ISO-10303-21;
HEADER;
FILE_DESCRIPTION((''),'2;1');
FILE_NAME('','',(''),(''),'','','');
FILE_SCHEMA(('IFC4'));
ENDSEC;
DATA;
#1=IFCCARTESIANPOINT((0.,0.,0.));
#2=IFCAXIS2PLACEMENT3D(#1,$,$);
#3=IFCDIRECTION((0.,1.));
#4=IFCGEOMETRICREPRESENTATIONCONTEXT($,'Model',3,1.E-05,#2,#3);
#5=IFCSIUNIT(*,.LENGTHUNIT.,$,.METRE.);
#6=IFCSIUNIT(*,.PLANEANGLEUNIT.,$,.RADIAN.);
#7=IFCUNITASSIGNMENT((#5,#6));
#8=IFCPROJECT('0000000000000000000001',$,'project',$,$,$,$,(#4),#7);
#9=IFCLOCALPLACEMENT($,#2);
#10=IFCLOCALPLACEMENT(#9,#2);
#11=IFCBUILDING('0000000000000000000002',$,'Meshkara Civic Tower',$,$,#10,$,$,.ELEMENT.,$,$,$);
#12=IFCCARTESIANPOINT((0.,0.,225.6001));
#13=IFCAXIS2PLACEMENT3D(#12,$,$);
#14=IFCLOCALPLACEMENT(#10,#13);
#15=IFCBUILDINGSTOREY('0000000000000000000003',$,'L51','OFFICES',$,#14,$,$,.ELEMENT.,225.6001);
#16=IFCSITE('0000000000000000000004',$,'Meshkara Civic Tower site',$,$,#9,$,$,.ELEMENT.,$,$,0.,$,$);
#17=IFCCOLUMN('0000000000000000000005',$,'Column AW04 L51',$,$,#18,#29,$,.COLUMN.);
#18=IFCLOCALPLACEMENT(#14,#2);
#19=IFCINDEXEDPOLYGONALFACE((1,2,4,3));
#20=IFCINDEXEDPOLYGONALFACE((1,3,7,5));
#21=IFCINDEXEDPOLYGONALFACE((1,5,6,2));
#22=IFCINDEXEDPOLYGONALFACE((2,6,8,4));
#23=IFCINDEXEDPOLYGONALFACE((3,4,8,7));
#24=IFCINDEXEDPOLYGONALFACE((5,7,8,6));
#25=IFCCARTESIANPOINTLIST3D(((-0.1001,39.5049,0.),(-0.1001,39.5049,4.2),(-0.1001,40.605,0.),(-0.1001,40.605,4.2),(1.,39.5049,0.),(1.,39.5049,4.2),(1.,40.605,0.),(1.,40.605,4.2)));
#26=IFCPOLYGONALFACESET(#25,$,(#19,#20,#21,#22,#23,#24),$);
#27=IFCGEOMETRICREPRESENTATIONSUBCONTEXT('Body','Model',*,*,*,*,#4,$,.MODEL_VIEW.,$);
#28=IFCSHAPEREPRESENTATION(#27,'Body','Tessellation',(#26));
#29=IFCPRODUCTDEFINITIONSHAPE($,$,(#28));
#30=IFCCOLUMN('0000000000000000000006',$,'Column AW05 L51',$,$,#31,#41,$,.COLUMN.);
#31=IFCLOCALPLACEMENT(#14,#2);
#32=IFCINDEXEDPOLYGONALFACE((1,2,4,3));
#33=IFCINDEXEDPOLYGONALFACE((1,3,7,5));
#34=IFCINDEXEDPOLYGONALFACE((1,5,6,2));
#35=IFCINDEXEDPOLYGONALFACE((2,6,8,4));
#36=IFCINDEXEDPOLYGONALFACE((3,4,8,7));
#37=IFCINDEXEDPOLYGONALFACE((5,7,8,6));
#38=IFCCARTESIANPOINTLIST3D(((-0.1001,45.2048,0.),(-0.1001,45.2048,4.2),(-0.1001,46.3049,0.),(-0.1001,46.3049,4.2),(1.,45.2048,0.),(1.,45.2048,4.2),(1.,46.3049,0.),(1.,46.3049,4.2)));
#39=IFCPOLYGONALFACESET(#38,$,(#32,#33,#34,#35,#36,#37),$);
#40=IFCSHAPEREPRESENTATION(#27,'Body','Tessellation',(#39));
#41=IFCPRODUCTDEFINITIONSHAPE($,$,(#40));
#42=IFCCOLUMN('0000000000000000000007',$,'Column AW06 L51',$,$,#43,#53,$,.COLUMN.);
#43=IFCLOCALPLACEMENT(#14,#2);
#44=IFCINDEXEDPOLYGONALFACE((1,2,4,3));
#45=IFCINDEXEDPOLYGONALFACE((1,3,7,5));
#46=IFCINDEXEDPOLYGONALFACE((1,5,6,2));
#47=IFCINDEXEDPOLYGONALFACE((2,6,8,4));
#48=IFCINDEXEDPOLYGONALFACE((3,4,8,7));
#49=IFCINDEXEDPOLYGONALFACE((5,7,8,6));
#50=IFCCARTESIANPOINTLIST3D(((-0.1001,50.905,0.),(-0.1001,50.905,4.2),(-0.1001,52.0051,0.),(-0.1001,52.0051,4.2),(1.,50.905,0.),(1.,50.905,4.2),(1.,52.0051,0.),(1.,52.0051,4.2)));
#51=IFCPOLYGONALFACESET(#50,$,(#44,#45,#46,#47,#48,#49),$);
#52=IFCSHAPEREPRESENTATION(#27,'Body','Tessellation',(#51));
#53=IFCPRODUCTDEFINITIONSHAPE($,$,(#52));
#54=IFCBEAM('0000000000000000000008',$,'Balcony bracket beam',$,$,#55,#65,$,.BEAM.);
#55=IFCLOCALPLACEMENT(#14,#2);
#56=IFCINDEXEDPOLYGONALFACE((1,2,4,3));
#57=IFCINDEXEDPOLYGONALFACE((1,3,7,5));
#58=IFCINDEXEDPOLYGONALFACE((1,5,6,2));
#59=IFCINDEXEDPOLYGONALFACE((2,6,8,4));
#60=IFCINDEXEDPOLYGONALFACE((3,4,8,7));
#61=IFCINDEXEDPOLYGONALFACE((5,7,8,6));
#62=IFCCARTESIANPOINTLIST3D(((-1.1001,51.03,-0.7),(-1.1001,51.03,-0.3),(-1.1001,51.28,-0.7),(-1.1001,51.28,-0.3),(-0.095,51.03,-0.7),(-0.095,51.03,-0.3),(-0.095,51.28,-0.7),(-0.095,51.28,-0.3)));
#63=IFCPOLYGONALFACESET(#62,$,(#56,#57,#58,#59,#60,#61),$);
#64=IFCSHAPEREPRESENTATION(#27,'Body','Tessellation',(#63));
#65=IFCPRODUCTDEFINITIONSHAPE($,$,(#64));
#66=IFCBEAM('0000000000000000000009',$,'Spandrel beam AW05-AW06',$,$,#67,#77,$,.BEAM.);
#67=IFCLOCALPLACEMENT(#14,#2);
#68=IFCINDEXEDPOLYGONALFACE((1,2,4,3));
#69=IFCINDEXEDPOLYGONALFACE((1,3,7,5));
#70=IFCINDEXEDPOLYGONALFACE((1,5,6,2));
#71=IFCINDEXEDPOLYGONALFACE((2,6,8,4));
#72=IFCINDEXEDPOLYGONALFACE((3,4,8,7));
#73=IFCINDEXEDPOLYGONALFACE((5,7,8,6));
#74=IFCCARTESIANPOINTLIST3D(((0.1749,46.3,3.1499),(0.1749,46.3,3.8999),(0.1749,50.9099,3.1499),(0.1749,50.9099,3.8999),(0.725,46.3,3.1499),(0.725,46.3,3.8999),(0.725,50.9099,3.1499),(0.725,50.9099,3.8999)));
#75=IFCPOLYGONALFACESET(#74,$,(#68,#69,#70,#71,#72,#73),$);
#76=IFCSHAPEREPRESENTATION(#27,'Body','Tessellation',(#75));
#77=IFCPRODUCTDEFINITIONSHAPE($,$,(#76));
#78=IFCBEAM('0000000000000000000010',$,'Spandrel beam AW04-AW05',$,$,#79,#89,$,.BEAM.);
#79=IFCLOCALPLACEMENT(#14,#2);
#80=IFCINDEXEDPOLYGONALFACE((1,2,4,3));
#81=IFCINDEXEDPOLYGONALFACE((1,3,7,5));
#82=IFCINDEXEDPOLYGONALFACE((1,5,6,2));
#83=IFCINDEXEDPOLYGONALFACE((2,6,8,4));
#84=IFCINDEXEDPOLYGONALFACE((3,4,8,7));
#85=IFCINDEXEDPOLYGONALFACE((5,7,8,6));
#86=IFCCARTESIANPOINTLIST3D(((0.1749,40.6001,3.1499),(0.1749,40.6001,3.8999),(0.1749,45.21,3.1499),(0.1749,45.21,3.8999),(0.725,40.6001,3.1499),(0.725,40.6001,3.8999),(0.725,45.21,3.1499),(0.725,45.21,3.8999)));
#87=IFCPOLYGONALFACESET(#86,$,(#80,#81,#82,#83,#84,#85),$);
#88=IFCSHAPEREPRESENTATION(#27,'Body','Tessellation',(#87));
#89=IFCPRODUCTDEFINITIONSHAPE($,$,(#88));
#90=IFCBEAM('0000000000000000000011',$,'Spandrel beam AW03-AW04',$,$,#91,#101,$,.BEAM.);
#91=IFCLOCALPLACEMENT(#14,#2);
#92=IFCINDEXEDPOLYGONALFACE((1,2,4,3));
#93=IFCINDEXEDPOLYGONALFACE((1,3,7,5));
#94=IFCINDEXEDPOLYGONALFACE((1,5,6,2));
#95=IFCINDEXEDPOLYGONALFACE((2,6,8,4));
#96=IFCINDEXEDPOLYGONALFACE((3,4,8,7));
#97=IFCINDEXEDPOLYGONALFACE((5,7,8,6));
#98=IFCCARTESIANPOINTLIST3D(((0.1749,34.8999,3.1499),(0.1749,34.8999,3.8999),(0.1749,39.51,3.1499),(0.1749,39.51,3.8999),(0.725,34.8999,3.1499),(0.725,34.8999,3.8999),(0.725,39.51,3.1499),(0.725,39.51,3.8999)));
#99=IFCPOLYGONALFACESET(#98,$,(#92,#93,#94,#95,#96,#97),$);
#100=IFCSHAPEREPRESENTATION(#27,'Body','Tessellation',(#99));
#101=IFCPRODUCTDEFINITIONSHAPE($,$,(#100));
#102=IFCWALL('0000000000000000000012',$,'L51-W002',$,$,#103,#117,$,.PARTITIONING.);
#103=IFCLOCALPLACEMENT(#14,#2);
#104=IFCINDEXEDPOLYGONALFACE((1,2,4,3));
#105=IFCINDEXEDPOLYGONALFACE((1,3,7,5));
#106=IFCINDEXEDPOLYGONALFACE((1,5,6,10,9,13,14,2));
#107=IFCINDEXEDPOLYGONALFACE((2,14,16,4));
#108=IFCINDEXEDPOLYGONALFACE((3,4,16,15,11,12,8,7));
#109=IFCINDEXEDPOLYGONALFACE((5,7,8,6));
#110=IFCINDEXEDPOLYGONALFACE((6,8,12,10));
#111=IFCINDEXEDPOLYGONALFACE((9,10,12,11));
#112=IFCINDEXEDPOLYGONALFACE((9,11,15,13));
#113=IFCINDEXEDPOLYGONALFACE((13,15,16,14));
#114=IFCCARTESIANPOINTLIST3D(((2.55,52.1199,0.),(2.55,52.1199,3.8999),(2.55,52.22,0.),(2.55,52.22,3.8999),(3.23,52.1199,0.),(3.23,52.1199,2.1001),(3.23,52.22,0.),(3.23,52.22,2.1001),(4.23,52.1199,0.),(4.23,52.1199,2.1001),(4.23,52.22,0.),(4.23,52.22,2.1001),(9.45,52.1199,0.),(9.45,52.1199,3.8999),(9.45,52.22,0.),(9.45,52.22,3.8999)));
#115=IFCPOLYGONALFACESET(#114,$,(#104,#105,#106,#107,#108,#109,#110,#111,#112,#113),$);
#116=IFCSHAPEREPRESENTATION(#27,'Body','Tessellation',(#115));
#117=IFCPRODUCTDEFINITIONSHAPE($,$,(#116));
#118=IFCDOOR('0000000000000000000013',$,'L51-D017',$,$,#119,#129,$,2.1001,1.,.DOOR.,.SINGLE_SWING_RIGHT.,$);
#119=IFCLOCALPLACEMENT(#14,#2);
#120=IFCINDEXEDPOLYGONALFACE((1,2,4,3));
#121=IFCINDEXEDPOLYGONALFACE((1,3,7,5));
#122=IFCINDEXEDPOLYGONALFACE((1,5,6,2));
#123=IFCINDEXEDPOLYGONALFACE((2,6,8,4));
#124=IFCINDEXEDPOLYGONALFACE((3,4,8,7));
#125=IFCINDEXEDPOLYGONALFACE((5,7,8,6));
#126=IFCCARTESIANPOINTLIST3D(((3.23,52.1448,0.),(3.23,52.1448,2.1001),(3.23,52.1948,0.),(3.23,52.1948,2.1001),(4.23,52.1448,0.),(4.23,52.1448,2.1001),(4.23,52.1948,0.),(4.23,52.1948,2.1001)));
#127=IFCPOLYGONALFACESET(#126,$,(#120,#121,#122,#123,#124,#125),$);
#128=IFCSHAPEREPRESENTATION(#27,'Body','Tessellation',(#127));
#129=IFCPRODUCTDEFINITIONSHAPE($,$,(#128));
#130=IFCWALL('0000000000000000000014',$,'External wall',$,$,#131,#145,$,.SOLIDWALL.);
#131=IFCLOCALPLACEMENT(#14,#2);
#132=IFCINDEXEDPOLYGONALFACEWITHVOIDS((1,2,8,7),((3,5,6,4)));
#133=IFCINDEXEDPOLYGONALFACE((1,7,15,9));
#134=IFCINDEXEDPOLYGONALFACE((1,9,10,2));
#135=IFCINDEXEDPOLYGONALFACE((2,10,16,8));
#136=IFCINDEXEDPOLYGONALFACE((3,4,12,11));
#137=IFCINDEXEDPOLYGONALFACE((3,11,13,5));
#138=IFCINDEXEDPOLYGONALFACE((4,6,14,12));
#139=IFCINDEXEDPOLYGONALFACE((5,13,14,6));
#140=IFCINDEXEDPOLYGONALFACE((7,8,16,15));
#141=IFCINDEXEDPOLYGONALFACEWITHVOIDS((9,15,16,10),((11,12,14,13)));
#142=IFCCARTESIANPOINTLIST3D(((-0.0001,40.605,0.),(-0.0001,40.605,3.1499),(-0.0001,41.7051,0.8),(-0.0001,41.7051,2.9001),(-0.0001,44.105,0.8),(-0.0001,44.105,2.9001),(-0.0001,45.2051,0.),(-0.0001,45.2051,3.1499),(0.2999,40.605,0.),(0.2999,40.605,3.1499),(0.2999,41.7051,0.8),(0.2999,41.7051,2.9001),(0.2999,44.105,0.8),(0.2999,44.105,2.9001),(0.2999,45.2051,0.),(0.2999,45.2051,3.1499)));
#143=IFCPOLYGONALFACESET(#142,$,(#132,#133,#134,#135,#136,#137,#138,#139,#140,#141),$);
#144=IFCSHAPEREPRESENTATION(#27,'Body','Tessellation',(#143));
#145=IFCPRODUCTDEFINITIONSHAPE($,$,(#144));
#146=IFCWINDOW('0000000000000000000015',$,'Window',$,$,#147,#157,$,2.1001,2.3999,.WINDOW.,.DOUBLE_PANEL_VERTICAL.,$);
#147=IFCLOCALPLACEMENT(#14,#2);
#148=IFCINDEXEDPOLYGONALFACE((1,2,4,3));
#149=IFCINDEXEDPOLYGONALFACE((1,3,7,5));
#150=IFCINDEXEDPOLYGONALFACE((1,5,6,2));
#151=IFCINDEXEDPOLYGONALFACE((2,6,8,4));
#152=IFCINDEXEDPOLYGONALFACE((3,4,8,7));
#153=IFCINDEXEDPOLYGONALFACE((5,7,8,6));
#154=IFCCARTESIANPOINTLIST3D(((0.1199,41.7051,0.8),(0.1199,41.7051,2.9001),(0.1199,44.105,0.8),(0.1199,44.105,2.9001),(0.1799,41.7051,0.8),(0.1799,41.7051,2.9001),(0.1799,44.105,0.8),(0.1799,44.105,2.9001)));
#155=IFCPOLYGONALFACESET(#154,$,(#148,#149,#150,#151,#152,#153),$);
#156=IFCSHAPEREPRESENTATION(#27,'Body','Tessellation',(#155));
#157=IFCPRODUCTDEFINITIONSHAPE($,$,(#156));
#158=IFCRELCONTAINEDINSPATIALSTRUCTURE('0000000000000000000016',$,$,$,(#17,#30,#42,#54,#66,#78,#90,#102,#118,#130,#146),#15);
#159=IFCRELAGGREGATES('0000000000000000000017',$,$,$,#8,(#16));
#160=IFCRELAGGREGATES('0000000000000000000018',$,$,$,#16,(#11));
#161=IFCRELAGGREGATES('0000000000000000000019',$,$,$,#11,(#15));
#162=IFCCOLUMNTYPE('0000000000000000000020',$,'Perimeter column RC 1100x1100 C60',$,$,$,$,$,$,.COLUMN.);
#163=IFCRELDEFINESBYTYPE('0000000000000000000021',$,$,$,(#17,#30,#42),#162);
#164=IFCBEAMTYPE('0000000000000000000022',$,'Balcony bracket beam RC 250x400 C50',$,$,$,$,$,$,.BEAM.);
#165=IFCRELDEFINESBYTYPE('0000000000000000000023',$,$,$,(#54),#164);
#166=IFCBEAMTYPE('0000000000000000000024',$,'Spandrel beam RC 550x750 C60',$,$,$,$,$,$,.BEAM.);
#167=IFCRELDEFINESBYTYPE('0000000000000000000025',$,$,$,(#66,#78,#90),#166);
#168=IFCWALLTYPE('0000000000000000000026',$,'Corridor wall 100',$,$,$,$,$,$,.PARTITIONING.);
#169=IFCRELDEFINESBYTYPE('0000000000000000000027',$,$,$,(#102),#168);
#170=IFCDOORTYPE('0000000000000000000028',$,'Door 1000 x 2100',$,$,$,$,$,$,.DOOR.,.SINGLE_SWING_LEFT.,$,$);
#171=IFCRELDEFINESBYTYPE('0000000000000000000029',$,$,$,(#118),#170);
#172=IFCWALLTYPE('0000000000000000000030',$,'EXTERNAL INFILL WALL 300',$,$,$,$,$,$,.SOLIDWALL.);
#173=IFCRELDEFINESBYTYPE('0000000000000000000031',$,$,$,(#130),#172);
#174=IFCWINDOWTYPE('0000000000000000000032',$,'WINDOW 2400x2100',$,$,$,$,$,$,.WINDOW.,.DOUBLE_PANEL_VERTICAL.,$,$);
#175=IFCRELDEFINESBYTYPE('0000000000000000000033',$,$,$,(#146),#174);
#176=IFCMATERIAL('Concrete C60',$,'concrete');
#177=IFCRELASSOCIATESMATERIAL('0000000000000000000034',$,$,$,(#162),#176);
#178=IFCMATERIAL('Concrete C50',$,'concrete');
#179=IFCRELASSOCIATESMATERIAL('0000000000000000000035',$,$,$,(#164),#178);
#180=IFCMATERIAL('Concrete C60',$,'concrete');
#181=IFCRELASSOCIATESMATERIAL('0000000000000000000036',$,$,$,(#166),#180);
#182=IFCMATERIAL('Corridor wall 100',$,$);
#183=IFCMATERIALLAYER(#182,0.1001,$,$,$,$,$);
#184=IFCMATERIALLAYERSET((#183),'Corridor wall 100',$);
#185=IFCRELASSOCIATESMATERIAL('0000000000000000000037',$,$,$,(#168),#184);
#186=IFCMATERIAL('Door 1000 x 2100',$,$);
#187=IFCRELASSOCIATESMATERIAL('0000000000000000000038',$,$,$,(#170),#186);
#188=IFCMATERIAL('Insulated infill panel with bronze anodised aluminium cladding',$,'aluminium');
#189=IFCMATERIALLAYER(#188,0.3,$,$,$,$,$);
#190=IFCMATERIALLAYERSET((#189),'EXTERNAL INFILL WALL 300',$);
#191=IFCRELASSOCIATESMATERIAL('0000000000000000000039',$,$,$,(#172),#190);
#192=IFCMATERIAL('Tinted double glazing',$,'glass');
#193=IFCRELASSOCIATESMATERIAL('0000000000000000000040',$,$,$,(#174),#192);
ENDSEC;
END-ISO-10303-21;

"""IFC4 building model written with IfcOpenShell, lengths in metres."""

from ifc_helpers import new_model, si_unit, direction, frame, frame_2d, origin, origin_2d, place, context, subcontext, project, spatial, rectangle, extrude, material, layer, layer_set, material_profile, profile_set, type_object, element, fill, save


model = new_model("IFC4")

# Units and contexts
model_context = context("Model", 3, precision=1e-05, world=origin(), true_north=direction((0.0, 1.0)))
body_context = subcontext(model_context, "Body", "Model", "MODEL_VIEW")
ifc_project = project(units=[si_unit("LENGTHUNIT", "METRE"), si_unit("PLANEANGLEUNIT", "RADIAN")], contexts=[model_context])

# Site, building, storey
site_placement = place(None, origin())
site = spatial("IfcSite", under=ifc_project, at=site_placement, Name="Meshkara Civic Tower site", CompositionType="ELEMENT", RefElevation=0.0)
building_placement = place(site_placement, origin())
building = spatial("IfcBuilding", under=site, at=building_placement, Name="Meshkara Civic Tower", CompositionType="ELEMENT")
storey_placement = place(building_placement, frame((0.0, 0.0, 225.6001)))
storey = spatial("IfcBuildingStorey", under=building, at=storey_placement, Name="L51", Description="OFFICES", CompositionType="ELEMENT", Elevation=225.6001)

# Columns
ifc_material_1 = material(Name="Concrete C60", Category="concrete")
ifc_material_profile_1 = material_profile(ifc_material_1, rectangle(XDim=1.1001, YDim=1.1001, at=origin_2d()))
ifc_profile_set_1 = profile_set([ifc_material_profile_1], Name="Concrete C60")
column_type = type_object("IfcColumnType", Name="Perimeter column RC 1100x1100 C60", PredefinedType="COLUMN", material=ifc_profile_set_1)
for number, where, z_axis, x_axis, name in (
    (1, (0.45, 40.0549, 0.0), (0.0, 0.0, 1.0), (1.0, 0.0, 0.0), "Column AW04 L51"),
    (2, (0.45, 45.7549, 0.0), (0.0, 0.0, 1.0), (1.0, 0.0, 0.0), "Column AW05 L51"),
    (3, (0.45, 51.4551, 0.0), (0.0, 0.0, 1.0), (1.0, 0.0, 0.0), "Column AW06 L51"),
):
    element("IfcColumn", number, at=place(storey_placement, frame(where, z_axis=z_axis, x_axis=x_axis)), inside=storey, type_object=column_type, Name=name, PredefinedType="COLUMN", context=body_context, shape_type="SweptSolid", body=[
        extrude(rectangle(XDim=1.1001, YDim=1.1001, at=origin_2d()), origin(), (0.0, 0.0, 1.0), 4.2),
    ])

# Beams
ifc_material_2 = material(Name="Concrete C50", Category="concrete")
ifc_material_profile_2 = material_profile(ifc_material_2, rectangle(XDim=0.25, YDim=0.3999, at=origin_2d()))
ifc_profile_set_2 = profile_set([ifc_material_profile_2], Name="Concrete C50")
beam_type_1 = type_object("IfcBeamType", Name="Balcony bracket beam RC 250x400 C50", PredefinedType="BEAM", material=ifc_profile_set_2)
beam_1_placement = place(storey_placement, frame((-0.095, 51.155, -0.5), z_axis=(-1.0, 0.0, 0.0), x_axis=(0.0, -1.0, 0.0)))
element("IfcBeam", 4, at=beam_1_placement, inside=storey, type_object=beam_type_1, Name="Balcony bracket beam", PredefinedType="BEAM", context=body_context, shape_type="SweptSolid", body=[
    extrude(rectangle(XDim=0.25, YDim=0.3999, at=origin_2d()), origin(), (0.0, 0.0, 1.0), 1.0051),
])
ifc_material_3 = material(Name="Concrete C60", Category="concrete")
ifc_material_profile_3 = material_profile(ifc_material_3, rectangle(XDim=0.55, YDim=0.75, at=origin_2d()))
ifc_profile_set_3 = profile_set([ifc_material_profile_3], Name="Concrete C60")
beam_type_2 = type_object("IfcBeamType", Name="Spandrel beam RC 550x750 C60", PredefinedType="BEAM", material=ifc_profile_set_3)
for number, where, z_axis, x_axis, name in (
    (5, (0.45, 50.9099, 3.5249), (0.0, -1.0, 0.0), (1.0, 0.0, 0.0), "Spandrel beam AW05-AW06"),
    (6, (0.45, 45.21, 3.5249), (0.0, -1.0, 0.0), (1.0, 0.0, 0.0), "Spandrel beam AW04-AW05"),
):
    element("IfcBeam", number, at=place(storey_placement, frame(where, z_axis=z_axis, x_axis=x_axis)), inside=storey, type_object=beam_type_2, Name=name, PredefinedType="BEAM", context=body_context, shape_type="SweptSolid", body=[
        extrude(rectangle(XDim=0.55, YDim=0.75, at=origin_2d()), origin(), (0.0, 0.0, 1.0), 4.6099),
    ])
beam_2_placement = place(storey_placement, frame((0.45, 39.51, 3.5249), z_axis=(0.0, -1.0, 0.0), x_axis=(1.0, 0.0, 0.0)))
element("IfcBeam", 7, at=beam_2_placement, inside=storey, type_object=beam_type_2, Name="Spandrel beam AW03-AW04", PredefinedType="BEAM", context=body_context, shape_type="SweptSolid", body=[
    extrude(rectangle(XDim=0.55, YDim=0.75, at=origin_2d()), origin(), (0.0, 0.0, 1.0), 4.6101),
])

# Wall, opening, door
ifc_material_4 = material(Name="Corridor wall 100")
ifc_layer_1 = layer(ifc_material_4, 0.1001)
ifc_layer_set_1 = layer_set([ifc_layer_1], Name="Corridor wall 100")
wall_type_1 = type_object("IfcWallType", Name="Corridor wall 100", PredefinedType="PARTITIONING", material=ifc_layer_set_1)
wall_1_placement = place(storey_placement, frame((2.55, 52.1699, 0.0), z_axis=(0.0, 0.0, 1.0), x_axis=(1.0, 0.0, 0.0)))
wall_1 = element("IfcWall", 8, at=wall_1_placement, inside=storey, type_object=wall_type_1, Name="L51-W002", PredefinedType="PARTITIONING", context=body_context, shape_type="SweptSolid", body=[
    extrude(rectangle(XDim=6.8999, YDim=0.1001, at=frame_2d((3.45, 0.0))), origin(), (0.0, 0.0, 1.0), 3.8999),
])
opening_1_placement = place(wall_1_placement, frame((0.6799, 0.0, 0.0)))
opening_1 = element("IfcOpeningElement", 9, at=opening_1_placement, cuts=wall_1, PredefinedType="OPENING", context=body_context, shape_type="SweptSolid", body=[
    extrude(rectangle(XDim=1.0, YDim=2.1001, at=frame_2d((0.5, 1.05))), frame((0.0, 0.0601, 0.0), z_axis=(0.0, -1.0, 0.0), x_axis=(1.0, 0.0, 0.0)), (0.0, 0.0, 1.0), 0.1201),
])
ifc_material_5 = material(Name="Door 1000 x 2100")
door_type_1 = type_object("IfcDoorType", Name="Door 1000 x 2100", OperationType="SINGLE_SWING_LEFT", PredefinedType="DOOR", material=ifc_material_5)
door_1_placement = place(opening_1_placement, origin())
door_1 = element("IfcDoor", 10, at=door_1_placement, inside=storey, type_object=door_type_1, Name="L51-D017", OperationType="SINGLE_SWING_RIGHT", OverallHeight=2.1001, OverallWidth=1.0, PredefinedType="DOOR", context=body_context, shape_type="SweptSolid", body=[
    extrude(rectangle(XDim=1.0, YDim=2.1001, at=frame_2d((0.5, 1.05))), frame((0.0, 0.0249, 0.0), z_axis=(0.0, -1.0, 0.0), x_axis=(1.0, 0.0, 0.0)), (0.0, 0.0, 1.0), 0.05),
])
fill(opening_1, door_1)

# Wall, opening, window
ifc_material_6 = material(Name="Insulated infill panel with bronze anodised aluminium cladding", Category="aluminium")
ifc_layer_2 = layer(ifc_material_6, 0.3)
ifc_layer_set_2 = layer_set([ifc_layer_2], Name="EXTERNAL INFILL WALL 300")
wall_type_2 = type_object("IfcWallType", Name="EXTERNAL INFILL WALL 300", PredefinedType="SOLIDWALL", material=ifc_layer_set_2)
wall_2_placement = place(storey_placement, frame((0.1499, 45.2051, 0.0), z_axis=(0.0, 0.0, 1.0), x_axis=(0.0, -1.0, 0.0)))
wall_2 = element("IfcWall", 11, at=wall_2_placement, inside=storey, type_object=wall_type_2, Name="External wall", PredefinedType="SOLIDWALL", context=body_context, shape_type="SweptSolid", body=[
    extrude(rectangle(XDim=4.6001, YDim=0.3, at=frame_2d((2.3, 0.0))), origin(), (0.0, 0.0, 1.0), 3.1499),
])
opening_2_placement = place(wall_2_placement, frame((1.1001, 0.0, 0.8)))
opening_2 = element("IfcOpeningElement", 12, at=opening_2_placement, cuts=wall_2, PredefinedType="OPENING", context=body_context, shape_type="SweptSolid", body=[
    extrude(rectangle(XDim=2.3999, YDim=2.1001, at=frame_2d((1.2, 1.05))), frame((0.0, 0.1599, 0.0), z_axis=(0.0, -1.0, 0.0), x_axis=(1.0, 0.0, 0.0)), (0.0, 0.0, 1.0), 0.3201),
])
ifc_material_7 = material(Name="Tinted double glazing", Category="glass")
window_type = type_object("IfcWindowType", Name="WINDOW 2400x2100", PartitioningType="DOUBLE_PANEL_VERTICAL", PredefinedType="WINDOW", material=ifc_material_7)
window_1_placement = place(opening_2_placement, origin())
window_1 = element("IfcWindow", 13, at=window_1_placement, inside=storey, type_object=window_type, Name="Window", OverallHeight=2.1001, OverallWidth=2.3999, PartitioningType="DOUBLE_PANEL_VERTICAL", PredefinedType="WINDOW", context=body_context, shape_type="SweptSolid", body=[
    extrude(rectangle(XDim=2.3999, YDim=2.1001, at=frame_2d((1.2, 1.05))), frame((0.0, 0.03, 0.0), z_axis=(0.0, -1.0, 0.0), x_axis=(1.0, 0.0, 0.0)), (0.0, 0.0, 1.0), 0.0601),
])
fill(opening_2, window_1)

save(model, "model.ifc")
